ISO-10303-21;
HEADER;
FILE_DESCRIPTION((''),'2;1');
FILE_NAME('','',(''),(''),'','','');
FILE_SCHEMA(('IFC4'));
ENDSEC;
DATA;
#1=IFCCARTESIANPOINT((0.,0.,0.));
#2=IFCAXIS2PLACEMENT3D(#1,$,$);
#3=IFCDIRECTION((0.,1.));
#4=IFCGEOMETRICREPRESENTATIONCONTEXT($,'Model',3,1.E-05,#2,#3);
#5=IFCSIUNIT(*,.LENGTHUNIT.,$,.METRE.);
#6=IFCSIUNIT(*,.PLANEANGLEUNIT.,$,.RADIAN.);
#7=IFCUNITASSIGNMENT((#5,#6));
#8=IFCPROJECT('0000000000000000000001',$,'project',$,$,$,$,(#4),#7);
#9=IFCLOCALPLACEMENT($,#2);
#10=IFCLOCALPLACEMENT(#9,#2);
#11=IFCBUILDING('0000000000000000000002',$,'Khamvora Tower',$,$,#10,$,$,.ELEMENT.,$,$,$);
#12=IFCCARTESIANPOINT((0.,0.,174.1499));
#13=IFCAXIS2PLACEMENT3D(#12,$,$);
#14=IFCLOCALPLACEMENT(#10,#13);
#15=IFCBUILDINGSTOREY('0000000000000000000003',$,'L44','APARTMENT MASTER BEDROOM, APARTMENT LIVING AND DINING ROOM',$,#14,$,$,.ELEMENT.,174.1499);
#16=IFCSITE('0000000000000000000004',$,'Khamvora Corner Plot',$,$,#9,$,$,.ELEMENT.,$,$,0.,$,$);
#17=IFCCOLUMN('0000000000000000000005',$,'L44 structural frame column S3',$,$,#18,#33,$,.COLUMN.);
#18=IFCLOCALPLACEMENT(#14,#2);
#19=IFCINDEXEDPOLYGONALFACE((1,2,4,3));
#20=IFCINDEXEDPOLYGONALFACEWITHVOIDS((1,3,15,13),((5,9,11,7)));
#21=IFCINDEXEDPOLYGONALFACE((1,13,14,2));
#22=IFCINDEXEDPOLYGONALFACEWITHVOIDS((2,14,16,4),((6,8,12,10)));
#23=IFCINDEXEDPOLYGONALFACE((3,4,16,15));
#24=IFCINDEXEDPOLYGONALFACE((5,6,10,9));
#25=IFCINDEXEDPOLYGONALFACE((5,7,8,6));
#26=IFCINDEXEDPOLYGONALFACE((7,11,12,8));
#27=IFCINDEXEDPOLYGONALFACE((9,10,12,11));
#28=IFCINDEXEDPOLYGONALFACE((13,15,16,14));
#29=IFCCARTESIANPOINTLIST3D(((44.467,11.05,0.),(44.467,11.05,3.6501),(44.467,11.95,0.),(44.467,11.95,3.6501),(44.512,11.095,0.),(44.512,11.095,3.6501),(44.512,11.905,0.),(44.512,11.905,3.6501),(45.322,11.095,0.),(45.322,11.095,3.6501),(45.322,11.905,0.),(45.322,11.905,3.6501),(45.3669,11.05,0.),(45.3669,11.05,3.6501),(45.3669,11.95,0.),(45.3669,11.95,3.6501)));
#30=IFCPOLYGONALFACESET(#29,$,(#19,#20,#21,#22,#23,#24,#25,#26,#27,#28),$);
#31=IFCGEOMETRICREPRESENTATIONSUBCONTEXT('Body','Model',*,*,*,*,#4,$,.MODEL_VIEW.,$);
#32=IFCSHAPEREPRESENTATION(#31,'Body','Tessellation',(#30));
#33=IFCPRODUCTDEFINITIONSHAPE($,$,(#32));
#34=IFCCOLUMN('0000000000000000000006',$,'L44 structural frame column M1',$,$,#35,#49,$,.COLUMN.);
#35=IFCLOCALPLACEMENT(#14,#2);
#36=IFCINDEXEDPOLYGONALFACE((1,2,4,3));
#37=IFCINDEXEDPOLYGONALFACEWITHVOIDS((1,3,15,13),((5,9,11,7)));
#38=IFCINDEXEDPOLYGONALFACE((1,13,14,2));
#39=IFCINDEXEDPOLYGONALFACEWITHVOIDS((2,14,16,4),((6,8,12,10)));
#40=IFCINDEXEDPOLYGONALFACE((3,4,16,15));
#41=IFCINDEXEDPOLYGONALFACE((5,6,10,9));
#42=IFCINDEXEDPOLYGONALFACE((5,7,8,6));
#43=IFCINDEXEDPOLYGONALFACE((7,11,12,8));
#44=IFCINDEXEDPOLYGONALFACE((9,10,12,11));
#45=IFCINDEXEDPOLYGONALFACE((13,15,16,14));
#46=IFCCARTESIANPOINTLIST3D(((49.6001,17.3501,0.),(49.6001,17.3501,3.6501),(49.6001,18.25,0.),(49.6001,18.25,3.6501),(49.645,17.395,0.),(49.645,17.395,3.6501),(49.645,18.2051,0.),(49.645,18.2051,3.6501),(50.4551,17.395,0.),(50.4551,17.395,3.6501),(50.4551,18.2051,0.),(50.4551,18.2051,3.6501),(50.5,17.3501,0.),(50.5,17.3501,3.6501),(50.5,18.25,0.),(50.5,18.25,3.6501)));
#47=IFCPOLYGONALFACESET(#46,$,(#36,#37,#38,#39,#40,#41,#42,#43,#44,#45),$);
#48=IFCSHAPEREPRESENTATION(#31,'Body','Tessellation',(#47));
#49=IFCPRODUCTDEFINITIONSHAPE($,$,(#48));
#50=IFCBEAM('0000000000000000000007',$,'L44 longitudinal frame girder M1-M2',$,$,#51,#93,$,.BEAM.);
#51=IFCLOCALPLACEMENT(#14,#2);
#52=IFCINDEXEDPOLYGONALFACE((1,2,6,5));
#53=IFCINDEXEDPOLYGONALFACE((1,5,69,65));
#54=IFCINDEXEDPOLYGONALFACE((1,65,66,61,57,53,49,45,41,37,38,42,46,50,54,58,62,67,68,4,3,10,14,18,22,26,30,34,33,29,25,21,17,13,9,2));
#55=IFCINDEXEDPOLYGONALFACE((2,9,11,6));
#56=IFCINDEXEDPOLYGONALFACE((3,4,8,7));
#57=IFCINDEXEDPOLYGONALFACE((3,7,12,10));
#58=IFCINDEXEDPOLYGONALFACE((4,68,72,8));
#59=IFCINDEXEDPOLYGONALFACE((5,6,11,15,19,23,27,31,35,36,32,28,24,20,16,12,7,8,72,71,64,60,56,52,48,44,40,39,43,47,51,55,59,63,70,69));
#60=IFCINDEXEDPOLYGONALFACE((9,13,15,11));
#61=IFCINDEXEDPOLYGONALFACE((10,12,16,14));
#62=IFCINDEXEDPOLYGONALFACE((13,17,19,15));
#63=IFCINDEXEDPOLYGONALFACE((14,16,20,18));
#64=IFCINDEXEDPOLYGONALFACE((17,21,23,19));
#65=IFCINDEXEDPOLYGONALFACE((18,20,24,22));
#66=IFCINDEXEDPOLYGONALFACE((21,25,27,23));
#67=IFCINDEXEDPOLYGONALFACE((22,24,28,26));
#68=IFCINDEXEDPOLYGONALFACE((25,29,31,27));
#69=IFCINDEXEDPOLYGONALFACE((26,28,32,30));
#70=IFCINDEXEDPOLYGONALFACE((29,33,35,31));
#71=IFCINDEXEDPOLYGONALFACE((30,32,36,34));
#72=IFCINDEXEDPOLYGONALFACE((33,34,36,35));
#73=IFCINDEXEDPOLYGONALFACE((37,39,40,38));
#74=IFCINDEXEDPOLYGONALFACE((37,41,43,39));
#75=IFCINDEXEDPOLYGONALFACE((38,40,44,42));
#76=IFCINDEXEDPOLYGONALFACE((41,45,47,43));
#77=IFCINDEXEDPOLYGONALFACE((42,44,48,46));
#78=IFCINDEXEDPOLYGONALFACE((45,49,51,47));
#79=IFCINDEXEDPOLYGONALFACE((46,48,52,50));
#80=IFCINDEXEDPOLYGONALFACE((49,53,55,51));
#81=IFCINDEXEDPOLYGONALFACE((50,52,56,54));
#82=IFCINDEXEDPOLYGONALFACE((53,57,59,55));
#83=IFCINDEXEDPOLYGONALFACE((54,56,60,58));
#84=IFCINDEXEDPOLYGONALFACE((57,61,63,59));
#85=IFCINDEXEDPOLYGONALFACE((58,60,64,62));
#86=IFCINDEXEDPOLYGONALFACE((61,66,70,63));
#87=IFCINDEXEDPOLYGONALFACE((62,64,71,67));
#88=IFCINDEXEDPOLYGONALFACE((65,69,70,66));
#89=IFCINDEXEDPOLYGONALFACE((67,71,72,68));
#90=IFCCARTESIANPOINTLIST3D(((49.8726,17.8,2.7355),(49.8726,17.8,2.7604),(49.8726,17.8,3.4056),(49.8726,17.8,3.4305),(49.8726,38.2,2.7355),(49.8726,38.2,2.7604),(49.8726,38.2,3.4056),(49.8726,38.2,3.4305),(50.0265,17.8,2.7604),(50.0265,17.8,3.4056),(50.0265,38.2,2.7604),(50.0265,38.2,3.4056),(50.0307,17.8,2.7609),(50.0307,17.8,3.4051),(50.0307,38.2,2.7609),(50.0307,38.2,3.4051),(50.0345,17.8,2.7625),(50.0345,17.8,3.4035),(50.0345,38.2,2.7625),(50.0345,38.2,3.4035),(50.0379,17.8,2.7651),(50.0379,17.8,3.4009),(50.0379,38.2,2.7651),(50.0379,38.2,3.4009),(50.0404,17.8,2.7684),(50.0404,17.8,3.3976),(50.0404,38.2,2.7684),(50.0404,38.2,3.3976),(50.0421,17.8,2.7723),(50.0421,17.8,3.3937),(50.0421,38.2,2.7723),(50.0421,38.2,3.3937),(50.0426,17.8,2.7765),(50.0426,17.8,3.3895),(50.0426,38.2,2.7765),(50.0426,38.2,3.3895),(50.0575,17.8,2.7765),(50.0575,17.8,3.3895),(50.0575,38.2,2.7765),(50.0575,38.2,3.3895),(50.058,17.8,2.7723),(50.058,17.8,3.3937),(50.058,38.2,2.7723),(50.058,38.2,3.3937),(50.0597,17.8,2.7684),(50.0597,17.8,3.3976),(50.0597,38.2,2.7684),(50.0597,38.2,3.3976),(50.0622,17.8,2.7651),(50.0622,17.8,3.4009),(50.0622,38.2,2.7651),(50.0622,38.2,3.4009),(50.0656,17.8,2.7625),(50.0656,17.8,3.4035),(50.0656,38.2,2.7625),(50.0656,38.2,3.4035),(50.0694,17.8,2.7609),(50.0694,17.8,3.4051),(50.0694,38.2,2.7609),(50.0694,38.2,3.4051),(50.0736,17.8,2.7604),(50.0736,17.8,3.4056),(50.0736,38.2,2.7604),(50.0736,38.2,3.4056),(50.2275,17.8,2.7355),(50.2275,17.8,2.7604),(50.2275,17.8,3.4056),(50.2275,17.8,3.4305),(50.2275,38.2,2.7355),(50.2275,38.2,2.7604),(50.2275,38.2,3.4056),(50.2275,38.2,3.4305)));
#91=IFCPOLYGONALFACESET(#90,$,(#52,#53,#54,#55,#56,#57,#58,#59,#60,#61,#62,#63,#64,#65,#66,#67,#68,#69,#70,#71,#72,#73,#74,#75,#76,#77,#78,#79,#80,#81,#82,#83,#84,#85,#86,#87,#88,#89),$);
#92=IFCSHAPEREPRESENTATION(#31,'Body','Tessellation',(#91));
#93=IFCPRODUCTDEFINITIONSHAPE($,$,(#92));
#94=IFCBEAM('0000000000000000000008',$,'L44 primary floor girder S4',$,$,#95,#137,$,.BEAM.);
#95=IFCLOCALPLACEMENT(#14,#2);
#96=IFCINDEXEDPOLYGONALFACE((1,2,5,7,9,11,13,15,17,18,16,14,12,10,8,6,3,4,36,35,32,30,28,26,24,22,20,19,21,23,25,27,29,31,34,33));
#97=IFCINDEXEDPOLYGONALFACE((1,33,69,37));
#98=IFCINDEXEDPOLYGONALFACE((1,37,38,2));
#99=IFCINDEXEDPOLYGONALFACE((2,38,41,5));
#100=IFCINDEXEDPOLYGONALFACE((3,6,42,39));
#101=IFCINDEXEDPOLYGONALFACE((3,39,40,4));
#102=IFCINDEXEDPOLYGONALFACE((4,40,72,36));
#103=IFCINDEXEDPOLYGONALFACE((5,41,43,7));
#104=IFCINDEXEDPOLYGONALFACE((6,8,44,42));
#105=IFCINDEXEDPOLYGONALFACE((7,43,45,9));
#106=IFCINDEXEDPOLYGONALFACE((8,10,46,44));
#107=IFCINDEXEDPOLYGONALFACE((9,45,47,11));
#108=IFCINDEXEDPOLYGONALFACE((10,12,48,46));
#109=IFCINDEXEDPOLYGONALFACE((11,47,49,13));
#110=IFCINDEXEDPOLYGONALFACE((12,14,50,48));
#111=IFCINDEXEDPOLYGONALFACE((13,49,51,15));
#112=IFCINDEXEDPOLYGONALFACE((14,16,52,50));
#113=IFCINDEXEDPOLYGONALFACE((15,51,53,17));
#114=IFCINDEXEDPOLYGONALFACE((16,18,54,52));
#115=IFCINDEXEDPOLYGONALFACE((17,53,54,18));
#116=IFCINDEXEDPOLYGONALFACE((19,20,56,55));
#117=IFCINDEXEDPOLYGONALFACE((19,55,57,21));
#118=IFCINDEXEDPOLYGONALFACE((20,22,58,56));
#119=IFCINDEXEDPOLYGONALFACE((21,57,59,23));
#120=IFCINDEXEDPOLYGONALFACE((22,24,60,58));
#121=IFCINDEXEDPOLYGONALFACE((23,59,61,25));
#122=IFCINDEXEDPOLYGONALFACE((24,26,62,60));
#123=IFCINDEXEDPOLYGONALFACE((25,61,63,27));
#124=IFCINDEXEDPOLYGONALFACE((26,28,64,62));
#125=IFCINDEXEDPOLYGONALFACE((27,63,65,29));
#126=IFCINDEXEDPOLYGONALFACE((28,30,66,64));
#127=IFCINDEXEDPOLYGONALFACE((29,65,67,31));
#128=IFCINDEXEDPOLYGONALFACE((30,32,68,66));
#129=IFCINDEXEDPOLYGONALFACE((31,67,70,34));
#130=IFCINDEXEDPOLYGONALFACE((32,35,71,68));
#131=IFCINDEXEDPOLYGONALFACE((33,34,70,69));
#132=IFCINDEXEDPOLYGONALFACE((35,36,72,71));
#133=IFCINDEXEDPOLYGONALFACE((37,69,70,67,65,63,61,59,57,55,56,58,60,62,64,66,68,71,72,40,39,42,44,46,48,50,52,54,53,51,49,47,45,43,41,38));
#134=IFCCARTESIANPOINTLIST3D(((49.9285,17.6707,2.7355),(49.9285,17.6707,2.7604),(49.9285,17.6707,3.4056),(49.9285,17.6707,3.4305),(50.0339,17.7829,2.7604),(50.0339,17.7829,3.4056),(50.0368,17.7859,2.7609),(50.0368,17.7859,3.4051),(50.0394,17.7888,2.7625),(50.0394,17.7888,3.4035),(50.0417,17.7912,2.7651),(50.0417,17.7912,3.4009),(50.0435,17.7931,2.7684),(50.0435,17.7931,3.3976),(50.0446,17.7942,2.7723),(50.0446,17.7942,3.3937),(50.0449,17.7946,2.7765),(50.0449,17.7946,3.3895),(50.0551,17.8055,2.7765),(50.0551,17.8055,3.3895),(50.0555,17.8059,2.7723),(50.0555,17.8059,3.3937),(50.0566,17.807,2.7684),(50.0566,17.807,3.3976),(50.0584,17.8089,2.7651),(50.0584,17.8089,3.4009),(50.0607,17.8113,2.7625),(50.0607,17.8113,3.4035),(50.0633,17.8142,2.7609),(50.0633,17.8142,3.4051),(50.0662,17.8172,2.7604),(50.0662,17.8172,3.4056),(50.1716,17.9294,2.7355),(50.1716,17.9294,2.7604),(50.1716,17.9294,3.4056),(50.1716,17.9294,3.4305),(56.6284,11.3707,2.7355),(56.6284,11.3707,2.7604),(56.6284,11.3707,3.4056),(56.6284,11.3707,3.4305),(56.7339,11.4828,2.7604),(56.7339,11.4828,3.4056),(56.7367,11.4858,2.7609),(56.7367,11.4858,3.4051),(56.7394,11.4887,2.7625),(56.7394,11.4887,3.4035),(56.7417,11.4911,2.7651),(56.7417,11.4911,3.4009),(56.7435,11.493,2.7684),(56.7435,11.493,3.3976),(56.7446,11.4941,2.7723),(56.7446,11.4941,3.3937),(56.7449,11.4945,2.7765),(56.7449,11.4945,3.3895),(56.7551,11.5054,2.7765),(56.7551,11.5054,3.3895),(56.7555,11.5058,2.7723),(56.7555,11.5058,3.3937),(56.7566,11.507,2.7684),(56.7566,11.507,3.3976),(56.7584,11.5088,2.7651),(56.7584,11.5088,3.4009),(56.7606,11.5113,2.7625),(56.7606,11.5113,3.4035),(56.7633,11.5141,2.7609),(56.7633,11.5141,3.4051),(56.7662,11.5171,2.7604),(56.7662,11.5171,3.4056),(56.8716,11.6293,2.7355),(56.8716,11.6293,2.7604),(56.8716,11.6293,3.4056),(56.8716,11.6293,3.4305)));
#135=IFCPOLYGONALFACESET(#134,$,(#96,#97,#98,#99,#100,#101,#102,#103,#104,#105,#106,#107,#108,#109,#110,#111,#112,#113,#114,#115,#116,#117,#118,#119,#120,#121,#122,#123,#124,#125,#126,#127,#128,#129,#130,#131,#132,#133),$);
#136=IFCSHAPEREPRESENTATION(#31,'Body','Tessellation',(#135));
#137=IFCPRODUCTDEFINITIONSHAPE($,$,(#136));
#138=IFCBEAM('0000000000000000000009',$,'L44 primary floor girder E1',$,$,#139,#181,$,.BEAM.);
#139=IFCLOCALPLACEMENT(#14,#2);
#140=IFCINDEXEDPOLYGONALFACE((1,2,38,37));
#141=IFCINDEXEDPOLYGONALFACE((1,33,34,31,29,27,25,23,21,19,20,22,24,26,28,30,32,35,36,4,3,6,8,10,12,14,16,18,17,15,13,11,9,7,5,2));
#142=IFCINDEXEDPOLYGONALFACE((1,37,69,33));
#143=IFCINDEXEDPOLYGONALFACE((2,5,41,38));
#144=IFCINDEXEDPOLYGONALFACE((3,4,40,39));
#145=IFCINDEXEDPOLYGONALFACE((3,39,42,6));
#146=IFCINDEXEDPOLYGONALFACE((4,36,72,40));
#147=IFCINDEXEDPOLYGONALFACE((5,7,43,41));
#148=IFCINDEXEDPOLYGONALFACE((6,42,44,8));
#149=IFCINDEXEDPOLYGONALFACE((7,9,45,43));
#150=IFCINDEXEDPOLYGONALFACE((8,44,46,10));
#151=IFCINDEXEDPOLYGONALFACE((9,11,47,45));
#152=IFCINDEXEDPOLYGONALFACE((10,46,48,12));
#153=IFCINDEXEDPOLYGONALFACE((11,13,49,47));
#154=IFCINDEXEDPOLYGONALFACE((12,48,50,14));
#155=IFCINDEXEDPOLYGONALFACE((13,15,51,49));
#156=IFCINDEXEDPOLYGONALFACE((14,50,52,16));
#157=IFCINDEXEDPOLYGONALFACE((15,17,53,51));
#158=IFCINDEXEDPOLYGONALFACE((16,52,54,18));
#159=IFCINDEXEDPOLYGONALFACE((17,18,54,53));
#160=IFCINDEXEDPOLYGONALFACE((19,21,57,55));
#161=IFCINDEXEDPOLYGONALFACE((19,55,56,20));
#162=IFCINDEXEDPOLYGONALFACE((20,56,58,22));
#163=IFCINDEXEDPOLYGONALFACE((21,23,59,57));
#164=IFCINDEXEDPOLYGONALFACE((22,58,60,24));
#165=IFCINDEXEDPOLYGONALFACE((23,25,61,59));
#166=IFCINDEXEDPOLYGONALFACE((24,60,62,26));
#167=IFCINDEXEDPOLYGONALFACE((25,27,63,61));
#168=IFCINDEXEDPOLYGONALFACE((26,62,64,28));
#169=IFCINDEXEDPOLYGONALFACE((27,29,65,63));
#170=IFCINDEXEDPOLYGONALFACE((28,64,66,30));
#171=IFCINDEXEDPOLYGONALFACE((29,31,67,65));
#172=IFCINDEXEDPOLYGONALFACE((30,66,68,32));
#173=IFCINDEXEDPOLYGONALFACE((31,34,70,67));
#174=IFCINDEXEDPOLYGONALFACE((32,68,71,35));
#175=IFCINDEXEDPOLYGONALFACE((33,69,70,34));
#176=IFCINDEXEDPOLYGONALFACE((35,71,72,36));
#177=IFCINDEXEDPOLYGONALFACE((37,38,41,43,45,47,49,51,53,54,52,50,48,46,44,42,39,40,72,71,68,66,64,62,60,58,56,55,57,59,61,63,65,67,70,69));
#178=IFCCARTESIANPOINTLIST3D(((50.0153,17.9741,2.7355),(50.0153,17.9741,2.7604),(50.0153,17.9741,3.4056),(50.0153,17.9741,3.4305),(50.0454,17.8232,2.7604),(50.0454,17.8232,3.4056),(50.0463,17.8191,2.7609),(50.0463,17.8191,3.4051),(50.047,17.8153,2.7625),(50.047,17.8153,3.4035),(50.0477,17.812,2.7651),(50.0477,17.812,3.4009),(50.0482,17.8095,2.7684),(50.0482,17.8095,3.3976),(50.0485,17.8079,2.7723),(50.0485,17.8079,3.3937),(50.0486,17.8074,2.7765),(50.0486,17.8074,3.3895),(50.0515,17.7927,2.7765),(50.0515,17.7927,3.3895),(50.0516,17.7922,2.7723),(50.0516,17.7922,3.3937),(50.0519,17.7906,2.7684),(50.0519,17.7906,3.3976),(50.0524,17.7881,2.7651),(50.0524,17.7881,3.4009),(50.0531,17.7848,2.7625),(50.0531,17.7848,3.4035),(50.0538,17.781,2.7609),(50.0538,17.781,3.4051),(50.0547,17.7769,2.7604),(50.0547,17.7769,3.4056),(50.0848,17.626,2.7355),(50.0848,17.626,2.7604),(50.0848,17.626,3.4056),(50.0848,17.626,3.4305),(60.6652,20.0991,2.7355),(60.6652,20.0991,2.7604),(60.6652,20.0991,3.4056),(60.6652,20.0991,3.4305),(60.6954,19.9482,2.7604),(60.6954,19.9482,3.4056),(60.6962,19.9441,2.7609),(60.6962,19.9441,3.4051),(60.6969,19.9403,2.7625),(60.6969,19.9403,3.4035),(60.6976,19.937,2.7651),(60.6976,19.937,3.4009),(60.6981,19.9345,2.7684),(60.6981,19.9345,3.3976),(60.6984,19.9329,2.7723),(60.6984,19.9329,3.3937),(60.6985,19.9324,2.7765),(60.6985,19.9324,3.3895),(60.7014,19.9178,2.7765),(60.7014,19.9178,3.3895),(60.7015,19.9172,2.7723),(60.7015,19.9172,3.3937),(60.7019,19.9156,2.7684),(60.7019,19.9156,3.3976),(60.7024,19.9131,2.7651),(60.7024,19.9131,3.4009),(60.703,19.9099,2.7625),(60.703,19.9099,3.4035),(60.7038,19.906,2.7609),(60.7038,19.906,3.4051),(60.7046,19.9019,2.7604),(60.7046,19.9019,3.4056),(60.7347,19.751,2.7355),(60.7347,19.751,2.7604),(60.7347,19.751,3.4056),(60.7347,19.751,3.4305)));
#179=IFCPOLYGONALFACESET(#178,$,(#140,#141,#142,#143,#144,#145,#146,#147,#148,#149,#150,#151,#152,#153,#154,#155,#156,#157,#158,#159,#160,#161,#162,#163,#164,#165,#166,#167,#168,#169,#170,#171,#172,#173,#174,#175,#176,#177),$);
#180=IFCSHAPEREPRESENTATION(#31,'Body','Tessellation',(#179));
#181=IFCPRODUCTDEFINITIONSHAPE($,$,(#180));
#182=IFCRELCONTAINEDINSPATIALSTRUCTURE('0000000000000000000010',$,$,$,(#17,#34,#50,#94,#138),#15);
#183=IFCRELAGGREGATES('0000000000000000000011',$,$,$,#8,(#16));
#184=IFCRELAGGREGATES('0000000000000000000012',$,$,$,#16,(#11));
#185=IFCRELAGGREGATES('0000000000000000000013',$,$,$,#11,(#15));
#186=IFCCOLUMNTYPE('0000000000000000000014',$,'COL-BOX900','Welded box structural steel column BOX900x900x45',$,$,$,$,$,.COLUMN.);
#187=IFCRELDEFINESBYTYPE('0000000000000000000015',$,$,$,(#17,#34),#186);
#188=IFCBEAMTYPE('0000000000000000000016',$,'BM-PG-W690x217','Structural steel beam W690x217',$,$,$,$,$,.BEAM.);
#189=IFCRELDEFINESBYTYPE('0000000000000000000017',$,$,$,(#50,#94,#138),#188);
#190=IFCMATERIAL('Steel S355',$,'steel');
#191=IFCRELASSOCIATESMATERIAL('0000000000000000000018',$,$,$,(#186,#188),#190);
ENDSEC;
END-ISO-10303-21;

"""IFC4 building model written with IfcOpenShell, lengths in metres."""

from ifc_helpers import new_model, si_unit, direction, frame, origin, origin_2d, place, context, subcontext, project, spatial, hollow_rectangle, i_section, extrude, material, material_profile, profile_set, type_object, element, save


model = new_model("IFC4")

# Units and contexts
model_context = context("Model", 3, precision=1e-05, world=origin(), true_north=direction((0.0, 1.0)))
body_context = subcontext(model_context, "Body", "Model", "MODEL_VIEW")
ifc_project = project(units=[si_unit("LENGTHUNIT", "METRE"), si_unit("PLANEANGLEUNIT", "RADIAN")], contexts=[model_context])

# Site, building, storey
site_placement = place(None, origin())
site = spatial("IfcSite", under=ifc_project, at=site_placement, Name="Khamvora Corner Plot", CompositionType="ELEMENT", RefElevation=0.0)
building_placement = place(site_placement, origin())
building = spatial("IfcBuilding", under=site, at=building_placement, Name="Khamvora Tower", CompositionType="ELEMENT")
storey_placement = place(building_placement, frame((0.0, 0.0, 174.1499)))
storey = spatial("IfcBuildingStorey", under=building, at=storey_placement, Name="L44", Description="APARTMENT MASTER BEDROOM, APARTMENT LIVING AND DINING ROOM", CompositionType="ELEMENT", Elevation=174.1499)

# Columns
ifc_material_1 = material(Name="Steel S355", Category="steel")
ifc_material_profile_1 = material_profile(ifc_material_1, hollow_rectangle(XDim=0.8999, YDim=0.8999, WallThickness=0.0449, at=origin_2d()), Name="BOX900x900x45")
ifc_profile_set_1 = profile_set([ifc_material_profile_1], Name="Steel S355")
column_type = type_object("IfcColumnType", Name="COL-BOX900", Description="Welded box structural steel column BOX900x900x45", PredefinedType="COLUMN", material=ifc_profile_set_1)
for number, where, z_axis, x_axis, name in (
    (1, (44.917, 11.5, 0.0), (0.0, 0.0, 1.0), (1.0, 0.0, 0.0), "L44 structural frame column S3"),
    (2, (50.05, 17.8, 0.0), (0.0, 0.0, 1.0), (1.0, 0.0, 0.0), "L44 structural frame column M1"),
):
    element("IfcColumn", number, at=place(storey_placement, frame(where, z_axis=z_axis, x_axis=x_axis)), inside=storey, type_object=column_type, Name=name, PredefinedType="COLUMN", context=body_context, shape_type="SweptSolid", body=[
        extrude(hollow_rectangle(XDim=0.8999, YDim=0.8999, WallThickness=0.0449, at=origin_2d()), origin(), (0.0, 0.0, 1.0), 3.6501),
    ])

# Beams
ifc_material_profile_2 = material_profile(ifc_material_1, i_section(OverallWidth=0.355, OverallDepth=0.6951, WebThickness=0.0149, FlangeThickness=0.0249, FilletRadius=0.0161, at=origin_2d()), Name="W690x217")
ifc_profile_set_2 = profile_set([ifc_material_profile_2], Name="Steel S355")
beam_type_1 = type_object("IfcBeamType", Name="BM-PG-W690x217", Description="Structural steel beam W690x217", PredefinedType="BEAM", material=ifc_profile_set_2)
beam_1_placement = place(storey_placement, frame((50.05, 17.8, 3.083), z_axis=(0.0, 1.0, 0.0), x_axis=(-1.0, 0.0, 0.0)))
element("IfcBeam", 3, at=beam_1_placement, inside=storey, type_object=beam_type_1, Name="L44 longitudinal frame girder M1-M2", PredefinedType="BEAM", context=body_context, shape_type="SweptSolid", body=[
    extrude(i_section(OverallWidth=0.355, OverallDepth=0.6951, WebThickness=0.0149, FlangeThickness=0.0249, FilletRadius=0.0161, at=origin_2d()), origin(), (0.0, 0.0, 1.0), 20.3999),
])
beam_2_placement = place(storey_placement, frame((50.05, 17.8, 3.083), z_axis=(0.728514, -0.685031, 0.0), x_axis=(0.685031, 0.728514, 0.0)))
element("IfcBeam", 4, at=beam_2_placement, inside=storey, type_object=beam_type_1, Name="L44 primary floor girder S4", PredefinedType="BEAM", context=body_context, shape_type="SweptSolid", body=[
    extrude(i_section(OverallWidth=0.355, OverallDepth=0.6951, WebThickness=0.0149, FlangeThickness=0.0249, FilletRadius=0.0161, at=origin_2d()), origin(), (0.0, 0.0, 1.0), 9.1968),
])
beam_3_placement = place(storey_placement, frame((50.05, 17.8, 3.083), z_axis=(0.980669, 0.195675, 0.0), x_axis=(-0.195675, 0.980669, 0.0)))
element("IfcBeam", 5, at=beam_3_placement, inside=storey, type_object=beam_type_1, Name="L44 primary floor girder E1", PredefinedType="BEAM", context=body_context, shape_type="SweptSolid", body=[
    extrude(i_section(OverallWidth=0.355, OverallDepth=0.6951, WebThickness=0.0149, FlangeThickness=0.0249, FilletRadius=0.0161, at=origin_2d()), origin(), (0.0, 0.0, 1.0), 10.8599),
])

save(model, "model.ifc")
